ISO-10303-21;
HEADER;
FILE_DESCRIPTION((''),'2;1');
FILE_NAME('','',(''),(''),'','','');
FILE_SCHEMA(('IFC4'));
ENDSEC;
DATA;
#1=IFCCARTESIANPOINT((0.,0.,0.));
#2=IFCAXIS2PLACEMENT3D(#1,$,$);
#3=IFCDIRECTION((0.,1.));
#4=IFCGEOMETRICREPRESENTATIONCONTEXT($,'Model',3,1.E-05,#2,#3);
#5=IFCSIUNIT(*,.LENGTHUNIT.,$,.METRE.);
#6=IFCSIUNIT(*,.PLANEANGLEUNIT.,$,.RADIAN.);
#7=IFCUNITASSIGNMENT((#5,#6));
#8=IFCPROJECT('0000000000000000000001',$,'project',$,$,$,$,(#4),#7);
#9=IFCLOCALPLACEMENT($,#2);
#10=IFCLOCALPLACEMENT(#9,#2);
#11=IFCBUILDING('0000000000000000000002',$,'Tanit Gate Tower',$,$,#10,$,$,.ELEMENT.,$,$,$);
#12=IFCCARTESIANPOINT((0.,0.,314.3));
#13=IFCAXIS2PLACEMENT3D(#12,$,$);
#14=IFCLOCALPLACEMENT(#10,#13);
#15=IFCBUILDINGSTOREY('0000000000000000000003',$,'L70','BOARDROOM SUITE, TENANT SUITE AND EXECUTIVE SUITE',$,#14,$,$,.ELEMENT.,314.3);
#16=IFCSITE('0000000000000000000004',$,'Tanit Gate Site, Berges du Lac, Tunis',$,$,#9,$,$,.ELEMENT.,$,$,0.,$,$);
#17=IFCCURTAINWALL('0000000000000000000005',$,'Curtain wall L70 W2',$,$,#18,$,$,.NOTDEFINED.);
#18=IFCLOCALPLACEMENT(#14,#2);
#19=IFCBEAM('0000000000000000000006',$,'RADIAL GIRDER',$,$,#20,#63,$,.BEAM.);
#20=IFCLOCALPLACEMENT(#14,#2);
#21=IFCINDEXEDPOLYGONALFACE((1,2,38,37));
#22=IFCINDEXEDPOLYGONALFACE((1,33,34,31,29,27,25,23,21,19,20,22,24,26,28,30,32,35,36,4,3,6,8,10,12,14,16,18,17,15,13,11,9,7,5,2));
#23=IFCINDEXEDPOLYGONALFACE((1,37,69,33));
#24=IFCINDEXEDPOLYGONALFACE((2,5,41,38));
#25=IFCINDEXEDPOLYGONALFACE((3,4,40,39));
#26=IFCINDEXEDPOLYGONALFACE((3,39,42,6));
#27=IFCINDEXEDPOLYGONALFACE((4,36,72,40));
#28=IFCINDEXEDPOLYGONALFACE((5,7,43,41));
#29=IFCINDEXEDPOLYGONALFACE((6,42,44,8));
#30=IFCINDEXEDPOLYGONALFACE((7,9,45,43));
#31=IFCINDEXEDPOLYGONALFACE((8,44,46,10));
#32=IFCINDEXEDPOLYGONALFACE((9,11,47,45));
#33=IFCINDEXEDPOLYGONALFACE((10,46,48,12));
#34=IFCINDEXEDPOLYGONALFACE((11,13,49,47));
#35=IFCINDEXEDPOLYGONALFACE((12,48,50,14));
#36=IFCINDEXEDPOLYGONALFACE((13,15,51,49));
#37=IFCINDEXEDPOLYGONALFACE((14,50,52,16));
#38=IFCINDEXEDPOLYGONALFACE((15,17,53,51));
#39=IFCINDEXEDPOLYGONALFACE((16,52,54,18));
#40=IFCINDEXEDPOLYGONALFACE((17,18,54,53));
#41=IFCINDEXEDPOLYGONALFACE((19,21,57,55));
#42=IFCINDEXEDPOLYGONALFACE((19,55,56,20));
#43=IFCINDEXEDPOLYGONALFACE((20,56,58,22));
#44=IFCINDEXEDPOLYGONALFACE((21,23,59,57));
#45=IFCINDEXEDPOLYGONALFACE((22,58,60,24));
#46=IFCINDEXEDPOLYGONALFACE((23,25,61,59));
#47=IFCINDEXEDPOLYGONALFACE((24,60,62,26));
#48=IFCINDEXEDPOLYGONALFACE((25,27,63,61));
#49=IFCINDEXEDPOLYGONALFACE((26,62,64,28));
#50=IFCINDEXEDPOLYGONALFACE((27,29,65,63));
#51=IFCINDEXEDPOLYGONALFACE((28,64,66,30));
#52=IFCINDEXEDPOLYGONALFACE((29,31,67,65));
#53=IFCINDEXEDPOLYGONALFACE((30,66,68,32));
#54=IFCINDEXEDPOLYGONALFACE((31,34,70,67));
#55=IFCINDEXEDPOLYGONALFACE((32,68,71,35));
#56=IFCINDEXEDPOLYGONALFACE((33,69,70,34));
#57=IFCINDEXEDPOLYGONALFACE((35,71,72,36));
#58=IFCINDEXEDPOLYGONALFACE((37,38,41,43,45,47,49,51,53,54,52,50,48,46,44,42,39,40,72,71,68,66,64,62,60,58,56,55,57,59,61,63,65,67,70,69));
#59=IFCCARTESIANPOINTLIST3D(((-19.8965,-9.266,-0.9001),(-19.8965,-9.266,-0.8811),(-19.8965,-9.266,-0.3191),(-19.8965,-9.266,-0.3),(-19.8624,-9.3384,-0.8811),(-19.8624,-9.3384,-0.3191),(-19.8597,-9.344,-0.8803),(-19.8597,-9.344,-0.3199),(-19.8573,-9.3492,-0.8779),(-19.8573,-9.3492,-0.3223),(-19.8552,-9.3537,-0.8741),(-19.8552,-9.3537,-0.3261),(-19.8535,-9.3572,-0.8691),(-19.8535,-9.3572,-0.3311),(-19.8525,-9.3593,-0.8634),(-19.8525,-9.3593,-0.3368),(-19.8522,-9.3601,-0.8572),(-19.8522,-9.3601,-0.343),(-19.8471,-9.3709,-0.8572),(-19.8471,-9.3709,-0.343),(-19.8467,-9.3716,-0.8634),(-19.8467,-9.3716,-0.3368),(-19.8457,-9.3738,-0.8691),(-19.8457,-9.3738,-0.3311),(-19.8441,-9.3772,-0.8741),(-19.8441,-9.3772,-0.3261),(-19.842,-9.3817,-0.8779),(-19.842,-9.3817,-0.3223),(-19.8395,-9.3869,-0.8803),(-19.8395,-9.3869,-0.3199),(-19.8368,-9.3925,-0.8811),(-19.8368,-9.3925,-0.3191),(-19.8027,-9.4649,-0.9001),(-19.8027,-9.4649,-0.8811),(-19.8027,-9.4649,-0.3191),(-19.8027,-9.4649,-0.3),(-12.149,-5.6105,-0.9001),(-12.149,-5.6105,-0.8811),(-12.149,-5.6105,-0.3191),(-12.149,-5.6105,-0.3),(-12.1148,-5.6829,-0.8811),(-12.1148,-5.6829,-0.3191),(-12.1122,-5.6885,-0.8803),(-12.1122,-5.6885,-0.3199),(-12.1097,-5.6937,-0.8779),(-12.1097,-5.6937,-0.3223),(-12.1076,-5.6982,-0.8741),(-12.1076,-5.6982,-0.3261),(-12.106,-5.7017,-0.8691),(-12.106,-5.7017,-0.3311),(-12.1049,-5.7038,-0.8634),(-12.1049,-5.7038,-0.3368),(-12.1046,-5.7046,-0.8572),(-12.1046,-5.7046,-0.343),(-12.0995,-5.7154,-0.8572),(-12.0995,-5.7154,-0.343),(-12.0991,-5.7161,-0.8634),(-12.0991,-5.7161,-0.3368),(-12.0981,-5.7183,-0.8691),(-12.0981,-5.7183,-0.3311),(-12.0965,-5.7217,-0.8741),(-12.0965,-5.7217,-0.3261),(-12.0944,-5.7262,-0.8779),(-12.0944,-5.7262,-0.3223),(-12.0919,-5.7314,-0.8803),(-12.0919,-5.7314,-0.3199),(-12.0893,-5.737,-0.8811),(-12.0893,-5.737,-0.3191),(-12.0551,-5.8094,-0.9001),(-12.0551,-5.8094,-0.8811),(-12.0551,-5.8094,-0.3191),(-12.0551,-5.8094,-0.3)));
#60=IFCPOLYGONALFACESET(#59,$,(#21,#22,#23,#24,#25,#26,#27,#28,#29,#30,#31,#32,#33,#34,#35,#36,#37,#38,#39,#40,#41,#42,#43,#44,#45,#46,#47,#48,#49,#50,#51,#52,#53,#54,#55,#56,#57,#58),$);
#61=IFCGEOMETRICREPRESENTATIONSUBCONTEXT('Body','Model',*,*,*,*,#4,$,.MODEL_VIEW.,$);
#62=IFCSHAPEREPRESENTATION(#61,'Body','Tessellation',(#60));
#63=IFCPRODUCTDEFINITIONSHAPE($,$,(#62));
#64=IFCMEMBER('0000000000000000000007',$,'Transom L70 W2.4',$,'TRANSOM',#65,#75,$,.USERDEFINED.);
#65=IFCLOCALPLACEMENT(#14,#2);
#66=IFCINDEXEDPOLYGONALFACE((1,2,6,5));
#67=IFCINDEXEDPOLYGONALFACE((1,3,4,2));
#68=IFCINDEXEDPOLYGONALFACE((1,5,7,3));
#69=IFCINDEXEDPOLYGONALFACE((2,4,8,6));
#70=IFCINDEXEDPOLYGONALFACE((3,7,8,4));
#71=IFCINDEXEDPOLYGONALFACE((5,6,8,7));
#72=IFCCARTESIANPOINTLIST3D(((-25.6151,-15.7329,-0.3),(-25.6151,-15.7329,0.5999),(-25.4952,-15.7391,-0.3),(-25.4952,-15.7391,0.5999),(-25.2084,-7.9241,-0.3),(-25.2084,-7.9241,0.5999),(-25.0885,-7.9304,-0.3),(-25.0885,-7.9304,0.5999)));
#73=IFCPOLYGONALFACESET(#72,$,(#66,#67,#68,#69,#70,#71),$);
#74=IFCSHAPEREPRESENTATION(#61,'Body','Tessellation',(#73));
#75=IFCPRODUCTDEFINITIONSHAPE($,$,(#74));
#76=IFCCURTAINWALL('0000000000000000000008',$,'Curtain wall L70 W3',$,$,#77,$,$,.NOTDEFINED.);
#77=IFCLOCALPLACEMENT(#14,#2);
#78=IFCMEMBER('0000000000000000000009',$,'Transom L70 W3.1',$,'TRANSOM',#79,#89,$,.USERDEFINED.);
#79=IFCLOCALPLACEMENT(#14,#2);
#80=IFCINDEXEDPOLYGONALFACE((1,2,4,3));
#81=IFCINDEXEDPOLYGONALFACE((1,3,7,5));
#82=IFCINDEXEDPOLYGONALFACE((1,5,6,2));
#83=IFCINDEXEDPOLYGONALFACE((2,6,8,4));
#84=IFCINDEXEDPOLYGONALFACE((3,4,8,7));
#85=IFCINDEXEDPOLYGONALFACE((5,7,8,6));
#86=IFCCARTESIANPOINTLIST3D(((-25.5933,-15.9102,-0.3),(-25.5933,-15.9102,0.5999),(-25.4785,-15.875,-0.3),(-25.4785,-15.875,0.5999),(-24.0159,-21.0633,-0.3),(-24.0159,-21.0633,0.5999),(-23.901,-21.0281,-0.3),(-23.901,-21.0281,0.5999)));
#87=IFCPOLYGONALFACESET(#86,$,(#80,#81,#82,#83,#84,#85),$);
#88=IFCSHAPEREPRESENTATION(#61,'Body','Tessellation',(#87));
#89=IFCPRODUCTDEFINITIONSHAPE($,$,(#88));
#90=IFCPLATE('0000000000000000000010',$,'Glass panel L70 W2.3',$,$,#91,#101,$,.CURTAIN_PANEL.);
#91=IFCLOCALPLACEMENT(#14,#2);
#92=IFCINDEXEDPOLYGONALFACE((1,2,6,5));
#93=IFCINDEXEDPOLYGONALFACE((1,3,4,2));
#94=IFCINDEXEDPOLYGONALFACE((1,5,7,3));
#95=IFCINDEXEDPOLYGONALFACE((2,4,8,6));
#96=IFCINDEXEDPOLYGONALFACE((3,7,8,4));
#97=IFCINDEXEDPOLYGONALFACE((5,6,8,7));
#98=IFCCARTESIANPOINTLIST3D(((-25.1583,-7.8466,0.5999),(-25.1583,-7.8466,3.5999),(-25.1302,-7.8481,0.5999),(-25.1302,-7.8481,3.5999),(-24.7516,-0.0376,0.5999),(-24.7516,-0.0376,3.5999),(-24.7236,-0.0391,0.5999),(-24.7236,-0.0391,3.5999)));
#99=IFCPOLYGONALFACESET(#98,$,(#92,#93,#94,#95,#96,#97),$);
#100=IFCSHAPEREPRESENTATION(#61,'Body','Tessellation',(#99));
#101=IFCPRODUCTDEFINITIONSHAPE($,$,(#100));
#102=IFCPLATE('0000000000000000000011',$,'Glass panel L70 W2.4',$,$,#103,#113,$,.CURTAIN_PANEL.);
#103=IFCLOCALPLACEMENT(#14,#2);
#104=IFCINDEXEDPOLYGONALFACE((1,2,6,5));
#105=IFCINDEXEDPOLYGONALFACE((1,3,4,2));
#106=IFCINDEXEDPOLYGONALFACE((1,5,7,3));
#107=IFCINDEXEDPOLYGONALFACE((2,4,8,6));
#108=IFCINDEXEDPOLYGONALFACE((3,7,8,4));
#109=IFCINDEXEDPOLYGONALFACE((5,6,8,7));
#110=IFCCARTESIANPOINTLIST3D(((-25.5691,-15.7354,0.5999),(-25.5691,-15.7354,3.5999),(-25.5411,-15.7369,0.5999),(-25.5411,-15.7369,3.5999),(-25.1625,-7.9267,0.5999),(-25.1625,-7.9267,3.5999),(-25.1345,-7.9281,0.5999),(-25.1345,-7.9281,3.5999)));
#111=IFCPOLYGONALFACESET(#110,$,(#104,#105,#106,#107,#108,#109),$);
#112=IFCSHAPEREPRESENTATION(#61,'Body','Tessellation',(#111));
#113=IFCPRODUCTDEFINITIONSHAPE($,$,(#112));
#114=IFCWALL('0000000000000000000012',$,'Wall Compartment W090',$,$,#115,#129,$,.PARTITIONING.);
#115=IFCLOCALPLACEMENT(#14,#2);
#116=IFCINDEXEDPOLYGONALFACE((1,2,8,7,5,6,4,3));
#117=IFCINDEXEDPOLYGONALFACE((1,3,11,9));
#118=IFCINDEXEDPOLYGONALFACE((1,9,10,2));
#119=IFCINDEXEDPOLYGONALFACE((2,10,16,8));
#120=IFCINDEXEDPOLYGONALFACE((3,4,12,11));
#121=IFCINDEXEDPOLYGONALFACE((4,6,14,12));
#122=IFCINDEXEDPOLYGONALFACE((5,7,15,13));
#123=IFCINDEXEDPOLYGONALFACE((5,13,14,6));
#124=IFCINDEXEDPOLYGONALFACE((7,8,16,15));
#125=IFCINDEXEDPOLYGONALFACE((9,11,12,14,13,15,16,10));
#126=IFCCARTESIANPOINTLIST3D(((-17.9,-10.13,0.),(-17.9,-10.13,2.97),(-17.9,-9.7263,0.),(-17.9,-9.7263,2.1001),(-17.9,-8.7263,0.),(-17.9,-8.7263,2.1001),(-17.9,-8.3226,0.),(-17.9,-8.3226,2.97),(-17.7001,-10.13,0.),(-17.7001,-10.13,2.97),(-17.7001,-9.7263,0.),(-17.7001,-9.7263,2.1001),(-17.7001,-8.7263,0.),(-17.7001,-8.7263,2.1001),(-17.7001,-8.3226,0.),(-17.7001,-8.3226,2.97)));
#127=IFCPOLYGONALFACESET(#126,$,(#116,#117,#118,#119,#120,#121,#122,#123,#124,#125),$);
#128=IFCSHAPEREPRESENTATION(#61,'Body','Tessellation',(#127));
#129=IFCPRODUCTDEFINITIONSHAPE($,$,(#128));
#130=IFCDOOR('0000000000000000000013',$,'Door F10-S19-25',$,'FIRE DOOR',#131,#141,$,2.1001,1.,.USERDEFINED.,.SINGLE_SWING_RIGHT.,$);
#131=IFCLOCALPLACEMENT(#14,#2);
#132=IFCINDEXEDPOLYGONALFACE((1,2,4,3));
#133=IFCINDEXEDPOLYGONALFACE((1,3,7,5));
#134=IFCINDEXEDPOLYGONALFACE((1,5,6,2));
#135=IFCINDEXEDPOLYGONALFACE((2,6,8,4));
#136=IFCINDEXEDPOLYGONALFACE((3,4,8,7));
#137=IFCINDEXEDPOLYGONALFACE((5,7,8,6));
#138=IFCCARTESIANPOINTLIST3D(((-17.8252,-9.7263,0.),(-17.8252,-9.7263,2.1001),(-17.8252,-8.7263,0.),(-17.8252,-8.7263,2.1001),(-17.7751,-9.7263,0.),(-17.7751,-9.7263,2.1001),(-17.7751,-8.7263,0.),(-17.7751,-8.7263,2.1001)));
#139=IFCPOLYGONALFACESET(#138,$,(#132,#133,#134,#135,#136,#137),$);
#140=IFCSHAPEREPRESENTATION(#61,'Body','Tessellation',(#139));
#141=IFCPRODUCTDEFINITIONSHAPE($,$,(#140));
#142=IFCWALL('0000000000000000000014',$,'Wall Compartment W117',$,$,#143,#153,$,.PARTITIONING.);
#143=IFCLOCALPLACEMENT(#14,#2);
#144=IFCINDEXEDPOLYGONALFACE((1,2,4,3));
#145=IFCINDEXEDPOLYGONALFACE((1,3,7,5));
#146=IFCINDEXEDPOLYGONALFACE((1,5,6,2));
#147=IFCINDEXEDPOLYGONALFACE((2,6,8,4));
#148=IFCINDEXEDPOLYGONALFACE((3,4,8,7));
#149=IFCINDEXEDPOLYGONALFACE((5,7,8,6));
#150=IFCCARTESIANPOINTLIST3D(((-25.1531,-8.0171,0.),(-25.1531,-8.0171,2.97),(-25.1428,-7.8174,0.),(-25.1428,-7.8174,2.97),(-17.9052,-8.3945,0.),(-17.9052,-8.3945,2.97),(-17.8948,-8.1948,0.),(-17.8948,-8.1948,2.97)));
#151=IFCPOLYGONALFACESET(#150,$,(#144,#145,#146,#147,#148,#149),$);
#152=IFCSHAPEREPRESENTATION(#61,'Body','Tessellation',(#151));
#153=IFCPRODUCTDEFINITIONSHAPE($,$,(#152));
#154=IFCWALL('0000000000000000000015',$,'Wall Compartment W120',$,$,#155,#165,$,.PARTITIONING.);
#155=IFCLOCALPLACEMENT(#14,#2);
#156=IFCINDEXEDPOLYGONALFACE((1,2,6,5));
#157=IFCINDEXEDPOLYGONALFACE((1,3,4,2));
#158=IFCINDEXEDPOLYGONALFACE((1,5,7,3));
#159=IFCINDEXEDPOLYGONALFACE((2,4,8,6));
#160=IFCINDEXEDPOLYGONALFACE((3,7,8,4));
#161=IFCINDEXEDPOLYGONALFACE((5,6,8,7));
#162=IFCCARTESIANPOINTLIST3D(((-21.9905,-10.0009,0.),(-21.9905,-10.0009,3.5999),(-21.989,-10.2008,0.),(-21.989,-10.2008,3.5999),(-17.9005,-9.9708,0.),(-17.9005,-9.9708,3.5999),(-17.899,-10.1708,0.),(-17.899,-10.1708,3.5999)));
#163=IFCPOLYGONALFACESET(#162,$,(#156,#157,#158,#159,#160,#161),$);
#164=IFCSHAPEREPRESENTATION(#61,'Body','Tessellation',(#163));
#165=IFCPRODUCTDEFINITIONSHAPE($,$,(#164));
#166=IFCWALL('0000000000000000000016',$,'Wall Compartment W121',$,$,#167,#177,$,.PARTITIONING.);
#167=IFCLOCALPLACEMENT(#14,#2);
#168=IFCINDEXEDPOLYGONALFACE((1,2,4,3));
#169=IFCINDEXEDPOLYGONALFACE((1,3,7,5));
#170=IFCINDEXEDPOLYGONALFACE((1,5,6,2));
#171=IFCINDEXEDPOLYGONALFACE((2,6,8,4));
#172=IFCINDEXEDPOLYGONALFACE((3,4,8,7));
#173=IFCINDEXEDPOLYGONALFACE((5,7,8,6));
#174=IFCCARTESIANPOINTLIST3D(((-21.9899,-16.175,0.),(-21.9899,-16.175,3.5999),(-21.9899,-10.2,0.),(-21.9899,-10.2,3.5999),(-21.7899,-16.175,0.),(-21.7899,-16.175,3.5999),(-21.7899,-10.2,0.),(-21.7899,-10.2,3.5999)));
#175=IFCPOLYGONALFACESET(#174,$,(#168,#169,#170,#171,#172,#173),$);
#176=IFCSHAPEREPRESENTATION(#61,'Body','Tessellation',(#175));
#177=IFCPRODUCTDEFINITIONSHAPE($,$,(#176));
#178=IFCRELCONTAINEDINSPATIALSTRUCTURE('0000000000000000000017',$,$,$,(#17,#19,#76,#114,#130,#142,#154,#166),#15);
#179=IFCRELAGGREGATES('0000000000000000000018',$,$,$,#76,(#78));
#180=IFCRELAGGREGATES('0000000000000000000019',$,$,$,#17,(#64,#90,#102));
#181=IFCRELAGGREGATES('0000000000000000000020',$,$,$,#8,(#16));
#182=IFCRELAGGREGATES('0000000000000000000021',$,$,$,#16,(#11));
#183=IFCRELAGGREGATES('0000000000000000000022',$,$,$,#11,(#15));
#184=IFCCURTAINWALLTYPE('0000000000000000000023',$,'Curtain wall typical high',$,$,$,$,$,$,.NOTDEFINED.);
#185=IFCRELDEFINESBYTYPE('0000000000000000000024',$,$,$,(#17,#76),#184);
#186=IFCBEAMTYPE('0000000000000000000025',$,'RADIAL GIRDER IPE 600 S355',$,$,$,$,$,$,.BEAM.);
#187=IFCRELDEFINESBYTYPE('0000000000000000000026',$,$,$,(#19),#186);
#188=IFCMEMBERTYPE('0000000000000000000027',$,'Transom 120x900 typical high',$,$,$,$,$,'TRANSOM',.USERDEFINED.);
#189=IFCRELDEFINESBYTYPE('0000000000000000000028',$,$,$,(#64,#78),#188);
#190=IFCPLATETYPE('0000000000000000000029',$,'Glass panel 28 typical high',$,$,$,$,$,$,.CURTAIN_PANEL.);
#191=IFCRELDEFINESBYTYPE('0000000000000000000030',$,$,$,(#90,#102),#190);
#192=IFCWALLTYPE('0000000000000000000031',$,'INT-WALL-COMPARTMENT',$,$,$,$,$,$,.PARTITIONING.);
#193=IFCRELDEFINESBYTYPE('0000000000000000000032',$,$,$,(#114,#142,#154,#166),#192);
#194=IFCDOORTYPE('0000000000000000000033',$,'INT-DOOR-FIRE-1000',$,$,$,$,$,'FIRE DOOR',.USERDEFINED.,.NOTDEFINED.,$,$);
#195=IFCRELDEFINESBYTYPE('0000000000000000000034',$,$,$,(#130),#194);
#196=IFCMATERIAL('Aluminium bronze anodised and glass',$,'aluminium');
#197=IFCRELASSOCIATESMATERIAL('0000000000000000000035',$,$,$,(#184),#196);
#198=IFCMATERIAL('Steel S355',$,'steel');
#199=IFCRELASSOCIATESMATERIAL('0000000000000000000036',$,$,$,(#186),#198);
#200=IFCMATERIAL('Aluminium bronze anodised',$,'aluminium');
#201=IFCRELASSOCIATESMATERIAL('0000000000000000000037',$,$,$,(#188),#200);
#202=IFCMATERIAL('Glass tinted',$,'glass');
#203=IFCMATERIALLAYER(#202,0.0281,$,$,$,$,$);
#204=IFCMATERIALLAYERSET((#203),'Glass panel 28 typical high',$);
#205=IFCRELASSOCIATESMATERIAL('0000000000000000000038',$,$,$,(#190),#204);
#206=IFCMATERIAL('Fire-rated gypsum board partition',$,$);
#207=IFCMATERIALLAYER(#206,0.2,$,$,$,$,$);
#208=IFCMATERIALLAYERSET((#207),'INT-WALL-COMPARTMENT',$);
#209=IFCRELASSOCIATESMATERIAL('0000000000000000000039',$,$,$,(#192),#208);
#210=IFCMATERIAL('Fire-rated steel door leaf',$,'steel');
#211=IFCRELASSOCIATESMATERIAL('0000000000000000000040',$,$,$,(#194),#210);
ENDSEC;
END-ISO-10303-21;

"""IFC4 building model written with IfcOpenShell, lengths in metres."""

from ifc_helpers import new_model, si_unit, direction, frame, frame_2d, origin, origin_2d, place, context, subcontext, project, spatial, rectangle, i_section, extrude, material, layer, layer_set, material_profile, profile_set, type_object, element, fill, aggregate, save


model = new_model("IFC4")

# Units and contexts
model_context = context("Model", 3, precision=1e-05, world=origin(), true_north=direction((0.0, 1.0)))
body_context = subcontext(model_context, "Body", "Model", "MODEL_VIEW")
ifc_project = project(units=[si_unit("LENGTHUNIT", "METRE"), si_unit("PLANEANGLEUNIT", "RADIAN")], contexts=[model_context])

# Site, building, storey
site_placement = place(None, origin())
site = spatial("IfcSite", under=ifc_project, at=site_placement, Name="Tanit Gate Site, Berges du Lac, Tunis", CompositionType="ELEMENT", RefElevation=0.0)
building_placement = place(site_placement, origin())
building = spatial("IfcBuilding", under=site, at=building_placement, Name="Tanit Gate Tower", CompositionType="ELEMENT")
storey_placement = place(building_placement, frame((0.0, 0.0, 314.3)))
storey = spatial("IfcBuildingStorey", under=building, at=storey_placement, Name="L70", Description="BOARDROOM SUITE, TENANT SUITE AND EXECUTIVE SUITE", CompositionType="ELEMENT", Elevation=314.3)

# Curtain wall
ifc_material_1 = material(Name="Aluminium bronze anodised and glass", Category="aluminium")
curtain_wall_type = type_object("IfcCurtainWallType", Name="Curtain wall typical high", PredefinedType="NOTDEFINED", material=ifc_material_1)
curtain_wall_1_placement = place(storey_placement, origin())
curtain_wall_1 = element("IfcCurtainWall", 1, at=curtain_wall_1_placement, inside=storey, type_object=curtain_wall_type, Name="Curtain wall L70 W2", PredefinedType="NOTDEFINED")

# Beam
ifc_material_2 = material(Name="Steel S355", Category="steel")
ifc_material_profile_1 = material_profile(ifc_material_2, i_section(OverallWidth=0.22, OverallDepth=0.6001, WebThickness=0.012, FlangeThickness=0.019, FilletRadius=0.0239, at=origin_2d()), Name="IPE 600")
ifc_profile_set_1 = profile_set([ifc_material_profile_1], Name="Steel S355")
beam_type_1 = type_object("IfcBeamType", Name="RADIAL GIRDER IPE 600 S355", PredefinedType="BEAM", material=ifc_profile_set_1)
beam_1_placement = place(storey_placement, frame((-19.8496, -9.3655, -0.6001), z_axis=(0.904386, 0.426715, 0.0), x_axis=(-0.426715, 0.904386, 0.0)))
element("IfcBeam", 2, at=beam_1_placement, inside=storey, type_object=beam_type_1, Name="RADIAL GIRDER", PredefinedType="BEAM", context=body_context, shape_type="SweptSolid", body=[
    extrude(i_section(OverallWidth=0.22, OverallDepth=0.6001, WebThickness=0.012, FlangeThickness=0.019, FilletRadius=0.0239, at=origin_2d()), origin(), (0.0, 0.0, 1.0), 8.5667),
])

# Member
ifc_material_3 = material(Name="Aluminium bronze anodised", Category="aluminium")
ifc_material_profile_2 = material_profile(ifc_material_3, rectangle(XDim=0.1201, YDim=0.8999, at=origin_2d()), Name="120x900 bronze transom")
ifc_profile_set_2 = profile_set([ifc_material_profile_2], Name="Aluminium bronze anodised")
member_type_1 = type_object("IfcMemberType", Name="Transom 120x900 typical high", ElementType="TRANSOM", PredefinedType="USERDEFINED", material=ifc_profile_set_2)
member_1_placement = place(storey_placement, frame((-25.1484, -7.9272, 0.1499), z_axis=(-0.052016, -0.998646, 0.0), x_axis=(0.998646, -0.052016, 0.0)))
member_1 = element("IfcMember", 3, at=member_1_placement, type_object=member_type_1, Name="Transom L70 W2.4", ObjectType="TRANSOM", PredefinedType="USERDEFINED", context=body_context, shape_type="SweptSolid", body=[
    extrude(rectangle(XDim=0.1201, YDim=0.8999, at=origin_2d()), origin(), (0.0, 0.0, 1.0), 7.8193),
])

# Curtain wall, member
curtain_wall_2_placement = place(storey_placement, origin())
curtain_wall_2 = element("IfcCurtainWall", 4, at=curtain_wall_2_placement, inside=storey, type_object=curtain_wall_type, Name="Curtain wall L70 W3", PredefinedType="NOTDEFINED")
member_2_placement = place(storey_placement, frame((-25.5359, -15.8926, 0.1499), z_axis=(0.292701, -0.956204, 0.0), x_axis=(0.956204, 0.292701, 0.0)))
member_2 = element("IfcMember", 5, at=member_2_placement, type_object=member_type_1, Name="Transom L70 W3.1", ObjectType="TRANSOM", PredefinedType="USERDEFINED", context=body_context, shape_type="SweptSolid", body=[
    extrude(rectangle(XDim=0.1201, YDim=0.8999, at=origin_2d()), origin(), (0.0, 0.0, 1.0), 5.3892),
])
aggregate(curtain_wall_2, [member_2])

# Plates
ifc_material_4 = material(Name="Glass tinted", Category="glass")
ifc_layer_1 = layer(ifc_material_4, 0.0281)
ifc_layer_set_1 = layer_set([ifc_layer_1], Name="Glass panel 28 typical high")
plate_type = type_object("IfcPlateType", Name="Glass panel 28 typical high", PredefinedType="CURTAIN_PANEL", material=ifc_layer_set_1)
plate_1_placement = place(storey_placement, frame((-24.9409, -3.9429, 0.5999), z_axis=(0.0, 0.0, 1.0), x_axis=(-0.052003, -0.998647, 0.0)))
plate_1 = element("IfcPlate", 6, at=plate_1_placement, type_object=plate_type, Name="Glass panel L70 W2.3", PredefinedType="CURTAIN_PANEL", context=body_context, shape_type="SweptSolid", body=[
    extrude(rectangle(XDim=7.8196, YDim=0.0281, at=origin_2d()), origin(), (0.0, 0.0, 1.0), 3.0),
])
plate_2_placement = place(storey_placement, frame((-25.3518, -11.8318, 0.5999), z_axis=(0.0, 0.0, 1.0), x_axis=(-0.052003, -0.998647, 0.0)))
plate_2 = element("IfcPlate", 7, at=plate_2_placement, type_object=plate_type, Name="Glass panel L70 W2.4", PredefinedType="CURTAIN_PANEL", context=body_context, shape_type="SweptSolid", body=[
    extrude(rectangle(XDim=7.8193, YDim=0.0281, at=origin_2d()), origin(), (0.0, 0.0, 1.0), 3.0),
])
aggregate(curtain_wall_1, [member_1, plate_1, plate_2])

# Wall, opening, door
ifc_material_5 = material(Name="Fire-rated gypsum board partition")
ifc_layer_2 = layer(ifc_material_5, 0.2)
ifc_layer_set_2 = layer_set([ifc_layer_2], Name="INT-WALL-COMPARTMENT")
wall_type_1 = type_object("IfcWallType", Name="INT-WALL-COMPARTMENT", PredefinedType="PARTITIONING", material=ifc_layer_set_2)
wall_1_placement = place(storey_placement, frame((-17.8, -8.3225, 0.0), z_axis=(0.0, 0.0, 1.0), x_axis=(0.0, -1.0, 0.0)))
wall_1 = element("IfcWall", 8, at=wall_1_placement, inside=storey, type_object=wall_type_1, Name="Wall Compartment W090", PredefinedType="PARTITIONING", context=body_context, shape_type="SweptSolid", body=[
    extrude(rectangle(XDim=1.8074, YDim=0.2, at=frame_2d((0.9038, 0.0))), origin(), (0.0, 0.0, 1.0), 2.97),
])
opening_1_placement = place(wall_1_placement, frame((0.4038, 0.0, 0.0)))
opening_1 = element("IfcOpeningElement", 9, at=opening_1_placement, cuts=wall_1, PredefinedType="OPENING", context=body_context, shape_type="SweptSolid", body=[
    extrude(rectangle(XDim=1.0, YDim=2.1001, at=frame_2d((0.5, 1.05))), frame((0.0, 0.1099, 0.0), z_axis=(0.0, -1.0, 0.0), x_axis=(1.0, 0.0, 0.0)), (0.0, 0.0, 1.0), 0.22),
])
ifc_material_6 = material(Name="Fire-rated steel door leaf", Category="steel")
door_type_1 = type_object("IfcDoorType", Name="INT-DOOR-FIRE-1000", ElementType="FIRE DOOR", OperationType="NOTDEFINED", PredefinedType="USERDEFINED", material=ifc_material_6)
door_1_placement = place(opening_1_placement, origin())
door_1 = element("IfcDoor", 10, at=door_1_placement, inside=storey, type_object=door_type_1, Name="Door F10-S19-25", ObjectType="FIRE DOOR", OperationType="SINGLE_SWING_RIGHT", OverallHeight=2.1001, OverallWidth=1.0, PredefinedType="USERDEFINED", context=body_context, shape_type="SweptSolid", body=[
    extrude(rectangle(XDim=1.0, YDim=2.1001, at=frame_2d((0.5, 1.05))), frame((0.0, 0.0249, 0.0), z_axis=(0.0, -1.0, 0.0), x_axis=(1.0, 0.0, 0.0)), (0.0, 0.0, 1.0), 0.05),
])
fill(opening_1, door_1)

# Walls
wall_2_placement = place(storey_placement, frame((-25.1479, -7.9172, 0.0), z_axis=(0.0, 0.0, 1.0), x_axis=(0.998647, -0.052004, 0.0)))
element("IfcWall", 11, at=wall_2_placement, inside=storey, type_object=wall_type_1, Name="Wall Compartment W117", PredefinedType="PARTITIONING", context=body_context, shape_type="SweptSolid", body=[
    extrude(rectangle(XDim=7.2578, YDim=0.2, at=frame_2d((3.6289, 0.0))), origin(), (0.0, 0.0, 1.0), 2.97),
])
wall_3_placement = place(storey_placement, frame((-17.8999, -10.0708, 0.0), z_axis=(0.0, 0.0, 1.0), x_axis=(-0.999973, -0.007342, 0.0)))
element("IfcWall", 12, at=wall_3_placement, inside=storey, type_object=wall_type_1, Name="Wall Compartment W120", PredefinedType="PARTITIONING", context=body_context, shape_type="SweptSolid", body=[
    extrude(rectangle(XDim=4.0901, YDim=0.2, at=frame_2d((2.0449, 0.0))), origin(), (0.0, 0.0, 1.0), 3.5999),
])
wall_4_placement = place(storey_placement, frame((-21.8899, -10.2, 0.0), z_axis=(0.0, 0.0, 1.0), x_axis=(0.0, -1.0, 0.0)))
element("IfcWall", 13, at=wall_4_placement, inside=storey, type_object=wall_type_1, Name="Wall Compartment W121", PredefinedType="PARTITIONING", context=body_context, shape_type="SweptSolid", body=[
    extrude(rectangle(XDim=5.9751, YDim=0.2, at=frame_2d((2.9875, 0.0))), origin(), (0.0, 0.0, 1.0), 3.5999),
])

save(model, "model.ifc")
